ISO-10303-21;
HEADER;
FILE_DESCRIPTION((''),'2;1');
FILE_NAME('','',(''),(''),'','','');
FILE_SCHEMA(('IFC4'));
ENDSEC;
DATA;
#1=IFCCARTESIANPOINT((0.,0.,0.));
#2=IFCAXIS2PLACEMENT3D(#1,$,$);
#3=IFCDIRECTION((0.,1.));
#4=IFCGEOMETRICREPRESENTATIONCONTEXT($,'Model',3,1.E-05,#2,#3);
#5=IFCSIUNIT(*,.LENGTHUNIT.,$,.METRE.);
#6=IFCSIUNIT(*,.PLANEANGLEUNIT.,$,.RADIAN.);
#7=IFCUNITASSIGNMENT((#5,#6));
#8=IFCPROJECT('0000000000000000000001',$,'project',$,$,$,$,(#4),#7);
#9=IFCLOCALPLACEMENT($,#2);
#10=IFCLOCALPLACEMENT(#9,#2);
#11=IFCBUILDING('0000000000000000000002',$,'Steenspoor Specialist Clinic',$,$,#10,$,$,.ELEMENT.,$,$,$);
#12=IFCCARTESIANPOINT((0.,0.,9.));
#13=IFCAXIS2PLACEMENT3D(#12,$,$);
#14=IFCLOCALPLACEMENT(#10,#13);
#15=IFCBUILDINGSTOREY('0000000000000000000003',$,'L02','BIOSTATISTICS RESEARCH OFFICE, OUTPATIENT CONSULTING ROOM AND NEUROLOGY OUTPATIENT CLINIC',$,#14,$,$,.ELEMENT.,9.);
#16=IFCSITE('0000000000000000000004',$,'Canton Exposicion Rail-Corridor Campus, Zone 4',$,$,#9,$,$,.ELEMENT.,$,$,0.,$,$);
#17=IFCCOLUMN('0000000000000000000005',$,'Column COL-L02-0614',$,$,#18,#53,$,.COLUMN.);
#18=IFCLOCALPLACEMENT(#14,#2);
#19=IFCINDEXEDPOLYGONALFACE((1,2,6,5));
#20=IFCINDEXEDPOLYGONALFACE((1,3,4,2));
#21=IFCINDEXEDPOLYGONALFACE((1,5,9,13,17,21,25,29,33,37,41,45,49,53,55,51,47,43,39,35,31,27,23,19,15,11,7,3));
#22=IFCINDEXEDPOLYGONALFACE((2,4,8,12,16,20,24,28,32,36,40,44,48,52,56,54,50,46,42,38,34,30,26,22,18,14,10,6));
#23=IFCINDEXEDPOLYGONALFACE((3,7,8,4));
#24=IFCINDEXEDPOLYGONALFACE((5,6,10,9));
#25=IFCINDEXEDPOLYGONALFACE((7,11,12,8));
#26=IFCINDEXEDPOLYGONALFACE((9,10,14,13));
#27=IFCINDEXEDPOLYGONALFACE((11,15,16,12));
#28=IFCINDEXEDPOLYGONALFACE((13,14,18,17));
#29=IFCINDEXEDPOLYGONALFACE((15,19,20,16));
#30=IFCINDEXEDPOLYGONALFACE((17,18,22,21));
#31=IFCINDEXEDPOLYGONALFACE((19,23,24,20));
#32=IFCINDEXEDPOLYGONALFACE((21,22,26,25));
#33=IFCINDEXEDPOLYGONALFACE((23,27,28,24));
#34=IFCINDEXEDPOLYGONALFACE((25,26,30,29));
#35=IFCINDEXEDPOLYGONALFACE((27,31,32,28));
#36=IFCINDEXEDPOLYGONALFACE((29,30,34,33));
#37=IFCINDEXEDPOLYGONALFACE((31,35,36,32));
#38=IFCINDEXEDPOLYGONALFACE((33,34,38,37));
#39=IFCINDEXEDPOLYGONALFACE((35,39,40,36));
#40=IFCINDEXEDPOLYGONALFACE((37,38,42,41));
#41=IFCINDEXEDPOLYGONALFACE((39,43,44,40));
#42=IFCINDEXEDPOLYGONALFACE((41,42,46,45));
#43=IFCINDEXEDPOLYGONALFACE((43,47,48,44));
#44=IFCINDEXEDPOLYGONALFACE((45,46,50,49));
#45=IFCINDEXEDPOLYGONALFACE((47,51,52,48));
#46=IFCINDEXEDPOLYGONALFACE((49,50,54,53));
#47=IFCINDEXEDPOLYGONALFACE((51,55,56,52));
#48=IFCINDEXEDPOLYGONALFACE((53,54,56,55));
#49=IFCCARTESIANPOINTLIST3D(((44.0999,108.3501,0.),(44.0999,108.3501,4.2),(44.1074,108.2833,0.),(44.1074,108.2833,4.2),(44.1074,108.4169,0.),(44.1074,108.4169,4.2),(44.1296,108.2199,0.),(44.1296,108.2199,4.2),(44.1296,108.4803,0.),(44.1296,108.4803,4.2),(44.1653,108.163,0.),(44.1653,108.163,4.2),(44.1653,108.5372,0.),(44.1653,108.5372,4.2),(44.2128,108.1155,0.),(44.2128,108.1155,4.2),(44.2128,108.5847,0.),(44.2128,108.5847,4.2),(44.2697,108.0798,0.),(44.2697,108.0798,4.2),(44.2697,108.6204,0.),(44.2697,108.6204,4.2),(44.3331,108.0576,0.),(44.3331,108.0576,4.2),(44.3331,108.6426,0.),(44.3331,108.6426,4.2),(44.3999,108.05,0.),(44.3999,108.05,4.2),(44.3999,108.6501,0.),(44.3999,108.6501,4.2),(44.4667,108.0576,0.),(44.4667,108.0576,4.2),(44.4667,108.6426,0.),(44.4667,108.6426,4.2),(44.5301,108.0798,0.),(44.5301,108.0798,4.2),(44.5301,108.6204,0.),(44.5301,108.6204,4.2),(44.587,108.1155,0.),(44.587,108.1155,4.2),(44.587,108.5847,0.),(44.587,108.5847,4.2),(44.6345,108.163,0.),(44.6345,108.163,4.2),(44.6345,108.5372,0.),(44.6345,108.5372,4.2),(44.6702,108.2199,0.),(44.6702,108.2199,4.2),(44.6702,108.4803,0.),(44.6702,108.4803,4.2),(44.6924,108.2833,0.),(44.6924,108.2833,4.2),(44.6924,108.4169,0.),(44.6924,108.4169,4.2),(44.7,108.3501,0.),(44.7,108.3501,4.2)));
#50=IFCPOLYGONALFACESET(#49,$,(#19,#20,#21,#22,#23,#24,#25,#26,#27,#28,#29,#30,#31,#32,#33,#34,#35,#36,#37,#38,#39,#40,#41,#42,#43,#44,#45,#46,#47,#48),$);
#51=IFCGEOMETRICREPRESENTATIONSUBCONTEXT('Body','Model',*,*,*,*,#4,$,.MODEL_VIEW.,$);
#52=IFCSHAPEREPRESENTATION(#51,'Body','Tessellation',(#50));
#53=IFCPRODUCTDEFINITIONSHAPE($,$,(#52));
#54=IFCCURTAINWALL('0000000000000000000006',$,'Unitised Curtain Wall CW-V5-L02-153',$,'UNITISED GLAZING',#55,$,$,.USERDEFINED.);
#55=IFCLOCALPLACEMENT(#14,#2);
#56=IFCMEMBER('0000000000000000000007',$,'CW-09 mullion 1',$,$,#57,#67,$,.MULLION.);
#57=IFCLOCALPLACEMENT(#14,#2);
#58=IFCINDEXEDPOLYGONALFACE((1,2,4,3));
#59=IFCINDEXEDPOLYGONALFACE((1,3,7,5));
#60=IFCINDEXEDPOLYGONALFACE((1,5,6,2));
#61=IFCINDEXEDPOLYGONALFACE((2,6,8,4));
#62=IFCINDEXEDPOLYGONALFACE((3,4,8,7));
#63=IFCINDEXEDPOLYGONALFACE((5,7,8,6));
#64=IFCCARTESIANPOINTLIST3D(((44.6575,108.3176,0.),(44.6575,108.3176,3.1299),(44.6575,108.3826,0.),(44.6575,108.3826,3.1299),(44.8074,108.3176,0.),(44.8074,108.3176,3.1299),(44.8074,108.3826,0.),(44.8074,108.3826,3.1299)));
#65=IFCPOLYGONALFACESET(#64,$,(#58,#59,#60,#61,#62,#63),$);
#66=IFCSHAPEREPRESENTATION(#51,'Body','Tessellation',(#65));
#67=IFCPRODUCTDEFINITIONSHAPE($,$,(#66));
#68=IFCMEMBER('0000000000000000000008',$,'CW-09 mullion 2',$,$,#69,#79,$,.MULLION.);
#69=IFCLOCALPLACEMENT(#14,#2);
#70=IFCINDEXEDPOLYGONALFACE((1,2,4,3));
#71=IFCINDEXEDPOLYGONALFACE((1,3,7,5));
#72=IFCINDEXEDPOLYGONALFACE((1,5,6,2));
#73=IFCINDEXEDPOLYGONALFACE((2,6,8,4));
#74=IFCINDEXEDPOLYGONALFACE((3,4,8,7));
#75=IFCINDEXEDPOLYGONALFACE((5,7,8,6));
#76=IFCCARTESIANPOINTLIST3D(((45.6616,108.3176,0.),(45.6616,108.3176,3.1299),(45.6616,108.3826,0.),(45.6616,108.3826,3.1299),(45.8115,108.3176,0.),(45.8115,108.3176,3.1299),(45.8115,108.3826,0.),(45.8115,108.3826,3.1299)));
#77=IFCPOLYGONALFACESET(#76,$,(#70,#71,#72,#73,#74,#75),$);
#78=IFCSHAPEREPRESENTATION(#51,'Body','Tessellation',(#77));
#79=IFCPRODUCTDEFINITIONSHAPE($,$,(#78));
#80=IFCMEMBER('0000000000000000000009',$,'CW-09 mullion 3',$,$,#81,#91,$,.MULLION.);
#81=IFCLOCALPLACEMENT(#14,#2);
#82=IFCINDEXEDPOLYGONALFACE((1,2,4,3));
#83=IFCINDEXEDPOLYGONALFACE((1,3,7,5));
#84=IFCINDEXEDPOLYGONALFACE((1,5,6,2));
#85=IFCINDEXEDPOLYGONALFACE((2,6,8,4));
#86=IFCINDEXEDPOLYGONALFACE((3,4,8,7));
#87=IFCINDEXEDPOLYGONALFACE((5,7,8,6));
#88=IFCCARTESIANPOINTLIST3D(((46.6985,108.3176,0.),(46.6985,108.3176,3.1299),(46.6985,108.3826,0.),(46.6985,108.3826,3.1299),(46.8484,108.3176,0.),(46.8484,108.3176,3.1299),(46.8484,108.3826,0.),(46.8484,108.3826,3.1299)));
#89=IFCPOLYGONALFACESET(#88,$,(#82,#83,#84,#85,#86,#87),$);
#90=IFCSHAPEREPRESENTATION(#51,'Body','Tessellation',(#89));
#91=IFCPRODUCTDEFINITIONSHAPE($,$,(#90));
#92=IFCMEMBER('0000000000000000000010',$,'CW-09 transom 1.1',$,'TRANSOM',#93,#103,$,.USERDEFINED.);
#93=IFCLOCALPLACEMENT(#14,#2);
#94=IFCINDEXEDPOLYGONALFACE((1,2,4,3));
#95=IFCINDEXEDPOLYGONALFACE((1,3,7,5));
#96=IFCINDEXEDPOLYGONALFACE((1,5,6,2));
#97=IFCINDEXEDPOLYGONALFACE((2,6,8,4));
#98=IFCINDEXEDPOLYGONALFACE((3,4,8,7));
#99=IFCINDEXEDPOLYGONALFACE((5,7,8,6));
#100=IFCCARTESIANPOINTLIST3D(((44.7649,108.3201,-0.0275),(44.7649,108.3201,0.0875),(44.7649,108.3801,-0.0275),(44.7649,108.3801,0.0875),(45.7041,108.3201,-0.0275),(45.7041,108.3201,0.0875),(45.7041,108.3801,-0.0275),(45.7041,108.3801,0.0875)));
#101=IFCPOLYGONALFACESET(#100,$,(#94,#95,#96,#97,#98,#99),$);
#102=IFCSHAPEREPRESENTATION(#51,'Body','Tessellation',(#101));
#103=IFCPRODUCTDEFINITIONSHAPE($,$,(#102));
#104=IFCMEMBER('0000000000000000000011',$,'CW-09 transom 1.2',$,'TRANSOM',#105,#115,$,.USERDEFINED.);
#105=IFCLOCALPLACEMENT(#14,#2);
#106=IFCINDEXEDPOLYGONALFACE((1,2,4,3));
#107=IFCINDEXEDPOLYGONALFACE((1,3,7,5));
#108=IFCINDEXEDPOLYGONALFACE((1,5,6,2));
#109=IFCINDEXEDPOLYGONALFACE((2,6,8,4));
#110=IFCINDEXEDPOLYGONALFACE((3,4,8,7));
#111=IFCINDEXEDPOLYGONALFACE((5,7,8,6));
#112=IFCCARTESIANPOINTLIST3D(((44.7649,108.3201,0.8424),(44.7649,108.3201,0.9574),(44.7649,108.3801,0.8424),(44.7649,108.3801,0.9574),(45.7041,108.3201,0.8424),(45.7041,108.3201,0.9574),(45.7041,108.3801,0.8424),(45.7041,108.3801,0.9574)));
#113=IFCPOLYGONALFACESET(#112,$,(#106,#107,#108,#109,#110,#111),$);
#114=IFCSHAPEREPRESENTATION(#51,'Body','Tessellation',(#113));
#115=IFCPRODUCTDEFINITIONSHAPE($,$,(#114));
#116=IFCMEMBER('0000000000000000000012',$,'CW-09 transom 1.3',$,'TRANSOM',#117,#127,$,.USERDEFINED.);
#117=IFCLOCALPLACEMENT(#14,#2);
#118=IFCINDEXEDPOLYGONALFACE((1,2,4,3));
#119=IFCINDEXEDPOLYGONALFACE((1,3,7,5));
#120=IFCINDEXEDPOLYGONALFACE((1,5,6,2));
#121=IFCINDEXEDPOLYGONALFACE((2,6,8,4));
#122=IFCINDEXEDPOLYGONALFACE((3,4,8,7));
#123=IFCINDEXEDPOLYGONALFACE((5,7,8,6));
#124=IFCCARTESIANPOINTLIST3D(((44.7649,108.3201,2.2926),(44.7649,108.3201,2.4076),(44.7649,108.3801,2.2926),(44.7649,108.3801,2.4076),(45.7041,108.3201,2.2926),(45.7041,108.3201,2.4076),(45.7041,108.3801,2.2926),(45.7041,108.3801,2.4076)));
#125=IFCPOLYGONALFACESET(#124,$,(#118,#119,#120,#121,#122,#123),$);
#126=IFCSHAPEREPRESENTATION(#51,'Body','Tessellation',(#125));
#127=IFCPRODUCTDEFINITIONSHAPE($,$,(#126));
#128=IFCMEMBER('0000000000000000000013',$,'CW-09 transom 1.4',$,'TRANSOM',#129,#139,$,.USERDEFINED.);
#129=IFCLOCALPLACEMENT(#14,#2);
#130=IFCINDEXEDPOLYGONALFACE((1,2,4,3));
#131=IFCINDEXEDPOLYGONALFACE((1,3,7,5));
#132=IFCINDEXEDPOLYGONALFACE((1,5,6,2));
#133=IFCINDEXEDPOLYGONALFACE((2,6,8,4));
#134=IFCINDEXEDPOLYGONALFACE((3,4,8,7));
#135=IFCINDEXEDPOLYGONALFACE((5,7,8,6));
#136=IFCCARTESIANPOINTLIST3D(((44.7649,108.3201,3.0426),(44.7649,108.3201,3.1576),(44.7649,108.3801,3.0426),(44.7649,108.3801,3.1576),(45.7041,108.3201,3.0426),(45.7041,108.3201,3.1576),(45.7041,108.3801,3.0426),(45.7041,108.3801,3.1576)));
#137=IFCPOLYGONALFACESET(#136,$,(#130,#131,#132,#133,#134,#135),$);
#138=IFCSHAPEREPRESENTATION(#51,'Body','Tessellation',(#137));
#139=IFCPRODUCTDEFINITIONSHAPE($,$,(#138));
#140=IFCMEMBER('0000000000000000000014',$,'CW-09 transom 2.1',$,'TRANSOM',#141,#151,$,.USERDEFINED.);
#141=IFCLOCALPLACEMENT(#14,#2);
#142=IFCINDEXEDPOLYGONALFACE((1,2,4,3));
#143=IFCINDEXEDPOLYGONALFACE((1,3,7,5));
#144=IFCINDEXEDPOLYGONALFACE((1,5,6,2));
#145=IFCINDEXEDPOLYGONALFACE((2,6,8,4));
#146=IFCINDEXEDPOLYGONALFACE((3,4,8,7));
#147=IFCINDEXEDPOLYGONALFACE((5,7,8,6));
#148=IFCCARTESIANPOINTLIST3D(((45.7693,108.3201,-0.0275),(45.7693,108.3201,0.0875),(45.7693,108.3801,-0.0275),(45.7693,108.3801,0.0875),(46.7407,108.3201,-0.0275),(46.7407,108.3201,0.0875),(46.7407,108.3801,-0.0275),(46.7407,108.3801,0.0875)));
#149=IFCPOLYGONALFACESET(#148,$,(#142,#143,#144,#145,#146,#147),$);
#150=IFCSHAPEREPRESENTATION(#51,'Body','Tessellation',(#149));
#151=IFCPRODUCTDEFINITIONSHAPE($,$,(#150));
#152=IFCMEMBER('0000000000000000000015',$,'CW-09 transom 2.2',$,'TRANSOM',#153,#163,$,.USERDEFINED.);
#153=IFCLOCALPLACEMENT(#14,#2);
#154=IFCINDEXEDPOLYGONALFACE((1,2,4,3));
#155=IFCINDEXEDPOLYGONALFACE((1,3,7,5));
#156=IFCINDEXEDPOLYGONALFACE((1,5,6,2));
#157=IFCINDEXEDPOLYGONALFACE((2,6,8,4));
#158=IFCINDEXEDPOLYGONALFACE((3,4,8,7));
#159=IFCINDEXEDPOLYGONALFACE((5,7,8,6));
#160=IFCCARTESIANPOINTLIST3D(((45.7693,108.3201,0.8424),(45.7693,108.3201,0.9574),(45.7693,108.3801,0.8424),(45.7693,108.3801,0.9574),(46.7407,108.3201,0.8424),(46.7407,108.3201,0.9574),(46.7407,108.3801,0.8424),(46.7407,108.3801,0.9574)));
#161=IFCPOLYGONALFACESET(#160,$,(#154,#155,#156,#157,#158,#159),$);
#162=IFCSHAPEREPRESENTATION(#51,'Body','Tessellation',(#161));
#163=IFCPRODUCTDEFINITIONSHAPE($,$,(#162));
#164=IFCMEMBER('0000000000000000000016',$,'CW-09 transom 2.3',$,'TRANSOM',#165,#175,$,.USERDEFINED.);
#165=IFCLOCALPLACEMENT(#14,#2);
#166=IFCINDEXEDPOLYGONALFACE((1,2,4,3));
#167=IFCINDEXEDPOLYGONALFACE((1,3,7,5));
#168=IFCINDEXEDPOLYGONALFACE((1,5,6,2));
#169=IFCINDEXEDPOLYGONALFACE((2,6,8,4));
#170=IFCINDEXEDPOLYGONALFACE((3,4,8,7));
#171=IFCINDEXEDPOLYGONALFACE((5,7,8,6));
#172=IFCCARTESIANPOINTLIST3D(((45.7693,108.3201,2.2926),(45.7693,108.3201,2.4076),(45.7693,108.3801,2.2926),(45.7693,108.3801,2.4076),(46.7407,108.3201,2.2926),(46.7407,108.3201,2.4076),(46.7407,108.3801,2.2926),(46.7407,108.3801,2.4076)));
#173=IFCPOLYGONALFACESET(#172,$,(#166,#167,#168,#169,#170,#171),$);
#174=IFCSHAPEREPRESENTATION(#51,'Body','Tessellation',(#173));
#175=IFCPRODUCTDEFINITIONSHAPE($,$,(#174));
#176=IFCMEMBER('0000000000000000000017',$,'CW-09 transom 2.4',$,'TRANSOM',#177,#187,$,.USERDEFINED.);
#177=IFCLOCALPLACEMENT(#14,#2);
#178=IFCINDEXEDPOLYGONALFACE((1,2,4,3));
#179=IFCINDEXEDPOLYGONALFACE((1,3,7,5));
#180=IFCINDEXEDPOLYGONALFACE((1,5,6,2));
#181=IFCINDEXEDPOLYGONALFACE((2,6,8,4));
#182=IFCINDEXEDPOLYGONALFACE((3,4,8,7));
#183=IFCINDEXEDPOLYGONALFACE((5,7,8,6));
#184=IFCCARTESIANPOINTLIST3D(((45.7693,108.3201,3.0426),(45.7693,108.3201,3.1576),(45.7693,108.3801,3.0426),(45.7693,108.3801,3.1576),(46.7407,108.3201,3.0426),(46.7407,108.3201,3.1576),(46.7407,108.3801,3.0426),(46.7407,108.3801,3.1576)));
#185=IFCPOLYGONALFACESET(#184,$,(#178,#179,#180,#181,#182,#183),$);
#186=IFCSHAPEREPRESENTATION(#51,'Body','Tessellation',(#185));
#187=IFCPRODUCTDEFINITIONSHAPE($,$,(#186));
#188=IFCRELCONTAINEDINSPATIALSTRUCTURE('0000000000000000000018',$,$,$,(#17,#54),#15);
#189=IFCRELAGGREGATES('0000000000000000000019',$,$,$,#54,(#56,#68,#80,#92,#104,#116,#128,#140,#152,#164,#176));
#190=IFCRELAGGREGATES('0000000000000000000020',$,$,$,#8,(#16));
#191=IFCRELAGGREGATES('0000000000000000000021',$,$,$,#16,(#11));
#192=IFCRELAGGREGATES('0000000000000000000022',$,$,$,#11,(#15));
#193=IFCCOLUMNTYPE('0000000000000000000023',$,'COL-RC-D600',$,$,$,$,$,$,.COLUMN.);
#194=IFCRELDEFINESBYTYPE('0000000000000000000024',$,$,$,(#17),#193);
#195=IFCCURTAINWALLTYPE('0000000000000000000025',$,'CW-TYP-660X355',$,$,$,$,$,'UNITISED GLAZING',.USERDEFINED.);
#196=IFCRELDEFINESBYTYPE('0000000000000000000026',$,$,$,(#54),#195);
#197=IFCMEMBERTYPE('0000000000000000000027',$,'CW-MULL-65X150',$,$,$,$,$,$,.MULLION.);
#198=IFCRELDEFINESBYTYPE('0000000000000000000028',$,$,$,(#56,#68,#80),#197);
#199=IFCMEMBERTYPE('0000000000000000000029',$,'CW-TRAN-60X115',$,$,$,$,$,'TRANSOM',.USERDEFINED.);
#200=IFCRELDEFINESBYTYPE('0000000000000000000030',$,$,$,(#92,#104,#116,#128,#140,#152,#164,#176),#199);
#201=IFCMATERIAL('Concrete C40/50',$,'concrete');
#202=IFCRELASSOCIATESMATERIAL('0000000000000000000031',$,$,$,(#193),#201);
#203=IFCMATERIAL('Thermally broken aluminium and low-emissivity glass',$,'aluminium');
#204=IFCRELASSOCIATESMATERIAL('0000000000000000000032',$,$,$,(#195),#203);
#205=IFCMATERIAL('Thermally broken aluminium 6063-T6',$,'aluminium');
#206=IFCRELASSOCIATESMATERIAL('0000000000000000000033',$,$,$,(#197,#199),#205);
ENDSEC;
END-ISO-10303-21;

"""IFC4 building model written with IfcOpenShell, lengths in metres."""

from ifc_helpers import new_model, si_unit, direction, frame, origin, origin_2d, place, context, subcontext, project, spatial, rectangle, circle, extrude, material, material_profile, profile_set, type_object, element, aggregate, save


model = new_model("IFC4")

# Units and contexts
model_context = context("Model", 3, precision=1e-05, world=origin(), true_north=direction((0.0, 1.0)))
body_context = subcontext(model_context, "Body", "Model", "MODEL_VIEW")
ifc_project = project(units=[si_unit("LENGTHUNIT", "METRE"), si_unit("PLANEANGLEUNIT", "RADIAN")], contexts=[model_context])

# Site, building, storey
site_placement = place(None, origin())
site = spatial("IfcSite", under=ifc_project, at=site_placement, Name="Canton Exposicion Rail-Corridor Campus, Zone 4", CompositionType="ELEMENT", RefElevation=0.0)
building_placement = place(site_placement, origin())
building = spatial("IfcBuilding", under=site, at=building_placement, Name="Steenspoor Specialist Clinic", CompositionType="ELEMENT")
storey_placement = place(building_placement, frame((0.0, 0.0, 9.0)))
storey = spatial("IfcBuildingStorey", under=building, at=storey_placement, Name="L02", Description="BIOSTATISTICS RESEARCH OFFICE, OUTPATIENT CONSULTING ROOM AND NEUROLOGY OUTPATIENT CLINIC", CompositionType="ELEMENT", Elevation=9.0)

# Column
ifc_material_1 = material(Name="Concrete C40/50", Category="concrete")
ifc_material_profile_1 = material_profile(ifc_material_1, circle(Radius=0.3, at=origin_2d()), Name="RC-COL-D600")
ifc_profile_set_1 = profile_set([ifc_material_profile_1], Name="Concrete C40/50")
column_type = type_object("IfcColumnType", Name="COL-RC-D600", PredefinedType="COLUMN", material=ifc_profile_set_1)
column_placement = place(storey_placement, frame((44.3999, 108.3501, 0.0), z_axis=(0.0, 0.0, 1.0), x_axis=(1.0, 0.0, 0.0)))
element("IfcColumn", 1, at=column_placement, inside=storey, type_object=column_type, Name="Column COL-L02-0614", PredefinedType="COLUMN", context=body_context, shape_type="SweptSolid", body=[
    extrude(circle(Radius=0.3, at=origin_2d()), origin(), (0.0, 0.0, 1.0), 4.2),
])

# Curtain wall, members
ifc_material_2 = material(Name="Thermally broken aluminium and low-emissivity glass", Category="aluminium")
curtain_wall_type = type_object("IfcCurtainWallType", Name="CW-TYP-660X355", ElementType="UNITISED GLAZING", PredefinedType="USERDEFINED", material=ifc_material_2)
curtain_wall_placement = place(storey_placement, origin())
curtain_wall = element("IfcCurtainWall", 2, at=curtain_wall_placement, inside=storey, type_object=curtain_wall_type, Name="Unitised Curtain Wall CW-V5-L02-153", ObjectType="UNITISED GLAZING", PredefinedType="USERDEFINED")
ifc_material_3 = material(Name="Thermally broken aluminium 6063-T6", Category="aluminium")
ifc_material_profile_2 = material_profile(ifc_material_3, rectangle(XDim=0.0649, YDim=0.1499, at=origin_2d()), Name="CWM-65X150")
ifc_profile_set_2 = profile_set([ifc_material_profile_2], Name="Thermally broken aluminium 6063-T6")
member_type_1 = type_object("IfcMemberType", Name="CW-MULL-65X150", PredefinedType="MULLION", material=ifc_profile_set_2)
member_1_placement = place(storey_placement, frame((44.7324, 108.3501, 0.0), z_axis=(0.0, 0.0, 1.0), x_axis=(0.0, 1.0, 0.0)))
member_1 = element("IfcMember", 3, at=member_1_placement, type_object=member_type_1, Name="CW-09 mullion 1", PredefinedType="MULLION", context=body_context, shape_type="SweptSolid", body=[
    extrude(rectangle(XDim=0.0649, YDim=0.1499, at=origin_2d()), origin(), (0.0, 0.0, 1.0), 3.1299),
])
member_2_placement = place(storey_placement, frame((45.7366, 108.3501, 0.0), z_axis=(0.0, 0.0, 1.0), x_axis=(0.0, 1.0, 0.0)))
member_2 = element("IfcMember", 4, at=member_2_placement, type_object=member_type_1, Name="CW-09 mullion 2", PredefinedType="MULLION", context=body_context, shape_type="SweptSolid", body=[
    extrude(rectangle(XDim=0.0649, YDim=0.1499, at=origin_2d()), origin(), (0.0, 0.0, 1.0), 3.1299),
])
member_3_placement = place(storey_placement, frame((46.7734, 108.3501, 0.0), z_axis=(0.0, 0.0, 1.0), x_axis=(0.0, 1.0, 0.0)))
member_3 = element("IfcMember", 5, at=member_3_placement, type_object=member_type_1, Name="CW-09 mullion 3", PredefinedType="MULLION", context=body_context, shape_type="SweptSolid", body=[
    extrude(rectangle(XDim=0.0649, YDim=0.1499, at=origin_2d()), origin(), (0.0, 0.0, 1.0), 3.1299),
])
ifc_material_profile_3 = material_profile(ifc_material_3, rectangle(XDim=0.0601, YDim=0.115, at=origin_2d()), Name="CWT-60X115")
ifc_profile_set_3 = profile_set([ifc_material_profile_3], Name="Thermally broken aluminium 6063-T6")
member_type_2 = type_object("IfcMemberType", Name="CW-TRAN-60X115", ElementType="TRANSOM", PredefinedType="USERDEFINED", material=ifc_profile_set_3)
member_4_placement = place(storey_placement, frame((44.7649, 108.3501, 0.03), z_axis=(1.0, 0.0, 0.0), x_axis=(0.0, 1.0, 0.0)))
member_4 = element("IfcMember", 6, at=member_4_placement, type_object=member_type_2, Name="CW-09 transom 1.1", ObjectType="TRANSOM", PredefinedType="USERDEFINED", context=body_context, shape_type="SweptSolid", body=[
    extrude(rectangle(XDim=0.0601, YDim=0.115, at=origin_2d()), origin(), (0.0, 0.0, 1.0), 0.9392),
])
member_5_placement = place(storey_placement, frame((44.7649, 108.3501, 0.8999), z_axis=(1.0, 0.0, 0.0), x_axis=(0.0, 1.0, 0.0)))
member_5 = element("IfcMember", 7, at=member_5_placement, type_object=member_type_2, Name="CW-09 transom 1.2", ObjectType="TRANSOM", PredefinedType="USERDEFINED", context=body_context, shape_type="SweptSolid", body=[
    extrude(rectangle(XDim=0.0601, YDim=0.115, at=origin_2d()), origin(), (0.0, 0.0, 1.0), 0.9392),
])
member_6_placement = place(storey_placement, frame((44.7649, 108.3501, 2.3501), z_axis=(1.0, 0.0, 0.0), x_axis=(0.0, 1.0, 0.0)))
member_6 = element("IfcMember", 8, at=member_6_placement, type_object=member_type_2, Name="CW-09 transom 1.3", ObjectType="TRANSOM", PredefinedType="USERDEFINED", context=body_context, shape_type="SweptSolid", body=[
    extrude(rectangle(XDim=0.0601, YDim=0.115, at=origin_2d()), origin(), (0.0, 0.0, 1.0), 0.9392),
])
member_7_placement = place(storey_placement, frame((44.7649, 108.3501, 3.1001), z_axis=(1.0, 0.0, 0.0), x_axis=(0.0, 1.0, 0.0)))
member_7 = element("IfcMember", 9, at=member_7_placement, type_object=member_type_2, Name="CW-09 transom 1.4", ObjectType="TRANSOM", PredefinedType="USERDEFINED", context=body_context, shape_type="SweptSolid", body=[
    extrude(rectangle(XDim=0.0601, YDim=0.115, at=origin_2d()), origin(), (0.0, 0.0, 1.0), 0.9392),
])
member_8_placement = place(storey_placement, frame((45.7693, 108.3501, 0.03), z_axis=(1.0, 0.0, 0.0), x_axis=(0.0, 1.0, 0.0)))
member_8 = element("IfcMember", 10, at=member_8_placement, type_object=member_type_2, Name="CW-09 transom 2.1", ObjectType="TRANSOM", PredefinedType="USERDEFINED", context=body_context, shape_type="SweptSolid", body=[
    extrude(rectangle(XDim=0.0601, YDim=0.115, at=origin_2d()), origin(), (0.0, 0.0, 1.0), 0.9714),
])
member_9_placement = place(storey_placement, frame((45.7693, 108.3501, 0.8999), z_axis=(1.0, 0.0, 0.0), x_axis=(0.0, 1.0, 0.0)))
member_9 = element("IfcMember", 11, at=member_9_placement, type_object=member_type_2, Name="CW-09 transom 2.2", ObjectType="TRANSOM", PredefinedType="USERDEFINED", context=body_context, shape_type="SweptSolid", body=[
    extrude(rectangle(XDim=0.0601, YDim=0.115, at=origin_2d()), origin(), (0.0, 0.0, 1.0), 0.9714),
])
member_10_placement = place(storey_placement, frame((45.7693, 108.3501, 2.3501), z_axis=(1.0, 0.0, 0.0), x_axis=(0.0, 1.0, 0.0)))
member_10 = element("IfcMember", 12, at=member_10_placement, type_object=member_type_2, Name="CW-09 transom 2.3", ObjectType="TRANSOM", PredefinedType="USERDEFINED", context=body_context, shape_type="SweptSolid", body=[
    extrude(rectangle(XDim=0.0601, YDim=0.115, at=origin_2d()), origin(), (0.0, 0.0, 1.0), 0.9714),
])
member_11_placement = place(storey_placement, frame((45.7693, 108.3501, 3.1001), z_axis=(1.0, 0.0, 0.0), x_axis=(0.0, 1.0, 0.0)))
member_11 = element("IfcMember", 13, at=member_11_placement, type_object=member_type_2, Name="CW-09 transom 2.4", ObjectType="TRANSOM", PredefinedType="USERDEFINED", context=body_context, shape_type="SweptSolid", body=[
    extrude(rectangle(XDim=0.0601, YDim=0.115, at=origin_2d()), origin(), (0.0, 0.0, 1.0), 0.9714),
])

aggregate(curtain_wall, [member_1, member_2, member_3, member_4, member_5, member_6, member_7, member_8, member_9, member_10, member_11])

save(model, "model.ifc")
